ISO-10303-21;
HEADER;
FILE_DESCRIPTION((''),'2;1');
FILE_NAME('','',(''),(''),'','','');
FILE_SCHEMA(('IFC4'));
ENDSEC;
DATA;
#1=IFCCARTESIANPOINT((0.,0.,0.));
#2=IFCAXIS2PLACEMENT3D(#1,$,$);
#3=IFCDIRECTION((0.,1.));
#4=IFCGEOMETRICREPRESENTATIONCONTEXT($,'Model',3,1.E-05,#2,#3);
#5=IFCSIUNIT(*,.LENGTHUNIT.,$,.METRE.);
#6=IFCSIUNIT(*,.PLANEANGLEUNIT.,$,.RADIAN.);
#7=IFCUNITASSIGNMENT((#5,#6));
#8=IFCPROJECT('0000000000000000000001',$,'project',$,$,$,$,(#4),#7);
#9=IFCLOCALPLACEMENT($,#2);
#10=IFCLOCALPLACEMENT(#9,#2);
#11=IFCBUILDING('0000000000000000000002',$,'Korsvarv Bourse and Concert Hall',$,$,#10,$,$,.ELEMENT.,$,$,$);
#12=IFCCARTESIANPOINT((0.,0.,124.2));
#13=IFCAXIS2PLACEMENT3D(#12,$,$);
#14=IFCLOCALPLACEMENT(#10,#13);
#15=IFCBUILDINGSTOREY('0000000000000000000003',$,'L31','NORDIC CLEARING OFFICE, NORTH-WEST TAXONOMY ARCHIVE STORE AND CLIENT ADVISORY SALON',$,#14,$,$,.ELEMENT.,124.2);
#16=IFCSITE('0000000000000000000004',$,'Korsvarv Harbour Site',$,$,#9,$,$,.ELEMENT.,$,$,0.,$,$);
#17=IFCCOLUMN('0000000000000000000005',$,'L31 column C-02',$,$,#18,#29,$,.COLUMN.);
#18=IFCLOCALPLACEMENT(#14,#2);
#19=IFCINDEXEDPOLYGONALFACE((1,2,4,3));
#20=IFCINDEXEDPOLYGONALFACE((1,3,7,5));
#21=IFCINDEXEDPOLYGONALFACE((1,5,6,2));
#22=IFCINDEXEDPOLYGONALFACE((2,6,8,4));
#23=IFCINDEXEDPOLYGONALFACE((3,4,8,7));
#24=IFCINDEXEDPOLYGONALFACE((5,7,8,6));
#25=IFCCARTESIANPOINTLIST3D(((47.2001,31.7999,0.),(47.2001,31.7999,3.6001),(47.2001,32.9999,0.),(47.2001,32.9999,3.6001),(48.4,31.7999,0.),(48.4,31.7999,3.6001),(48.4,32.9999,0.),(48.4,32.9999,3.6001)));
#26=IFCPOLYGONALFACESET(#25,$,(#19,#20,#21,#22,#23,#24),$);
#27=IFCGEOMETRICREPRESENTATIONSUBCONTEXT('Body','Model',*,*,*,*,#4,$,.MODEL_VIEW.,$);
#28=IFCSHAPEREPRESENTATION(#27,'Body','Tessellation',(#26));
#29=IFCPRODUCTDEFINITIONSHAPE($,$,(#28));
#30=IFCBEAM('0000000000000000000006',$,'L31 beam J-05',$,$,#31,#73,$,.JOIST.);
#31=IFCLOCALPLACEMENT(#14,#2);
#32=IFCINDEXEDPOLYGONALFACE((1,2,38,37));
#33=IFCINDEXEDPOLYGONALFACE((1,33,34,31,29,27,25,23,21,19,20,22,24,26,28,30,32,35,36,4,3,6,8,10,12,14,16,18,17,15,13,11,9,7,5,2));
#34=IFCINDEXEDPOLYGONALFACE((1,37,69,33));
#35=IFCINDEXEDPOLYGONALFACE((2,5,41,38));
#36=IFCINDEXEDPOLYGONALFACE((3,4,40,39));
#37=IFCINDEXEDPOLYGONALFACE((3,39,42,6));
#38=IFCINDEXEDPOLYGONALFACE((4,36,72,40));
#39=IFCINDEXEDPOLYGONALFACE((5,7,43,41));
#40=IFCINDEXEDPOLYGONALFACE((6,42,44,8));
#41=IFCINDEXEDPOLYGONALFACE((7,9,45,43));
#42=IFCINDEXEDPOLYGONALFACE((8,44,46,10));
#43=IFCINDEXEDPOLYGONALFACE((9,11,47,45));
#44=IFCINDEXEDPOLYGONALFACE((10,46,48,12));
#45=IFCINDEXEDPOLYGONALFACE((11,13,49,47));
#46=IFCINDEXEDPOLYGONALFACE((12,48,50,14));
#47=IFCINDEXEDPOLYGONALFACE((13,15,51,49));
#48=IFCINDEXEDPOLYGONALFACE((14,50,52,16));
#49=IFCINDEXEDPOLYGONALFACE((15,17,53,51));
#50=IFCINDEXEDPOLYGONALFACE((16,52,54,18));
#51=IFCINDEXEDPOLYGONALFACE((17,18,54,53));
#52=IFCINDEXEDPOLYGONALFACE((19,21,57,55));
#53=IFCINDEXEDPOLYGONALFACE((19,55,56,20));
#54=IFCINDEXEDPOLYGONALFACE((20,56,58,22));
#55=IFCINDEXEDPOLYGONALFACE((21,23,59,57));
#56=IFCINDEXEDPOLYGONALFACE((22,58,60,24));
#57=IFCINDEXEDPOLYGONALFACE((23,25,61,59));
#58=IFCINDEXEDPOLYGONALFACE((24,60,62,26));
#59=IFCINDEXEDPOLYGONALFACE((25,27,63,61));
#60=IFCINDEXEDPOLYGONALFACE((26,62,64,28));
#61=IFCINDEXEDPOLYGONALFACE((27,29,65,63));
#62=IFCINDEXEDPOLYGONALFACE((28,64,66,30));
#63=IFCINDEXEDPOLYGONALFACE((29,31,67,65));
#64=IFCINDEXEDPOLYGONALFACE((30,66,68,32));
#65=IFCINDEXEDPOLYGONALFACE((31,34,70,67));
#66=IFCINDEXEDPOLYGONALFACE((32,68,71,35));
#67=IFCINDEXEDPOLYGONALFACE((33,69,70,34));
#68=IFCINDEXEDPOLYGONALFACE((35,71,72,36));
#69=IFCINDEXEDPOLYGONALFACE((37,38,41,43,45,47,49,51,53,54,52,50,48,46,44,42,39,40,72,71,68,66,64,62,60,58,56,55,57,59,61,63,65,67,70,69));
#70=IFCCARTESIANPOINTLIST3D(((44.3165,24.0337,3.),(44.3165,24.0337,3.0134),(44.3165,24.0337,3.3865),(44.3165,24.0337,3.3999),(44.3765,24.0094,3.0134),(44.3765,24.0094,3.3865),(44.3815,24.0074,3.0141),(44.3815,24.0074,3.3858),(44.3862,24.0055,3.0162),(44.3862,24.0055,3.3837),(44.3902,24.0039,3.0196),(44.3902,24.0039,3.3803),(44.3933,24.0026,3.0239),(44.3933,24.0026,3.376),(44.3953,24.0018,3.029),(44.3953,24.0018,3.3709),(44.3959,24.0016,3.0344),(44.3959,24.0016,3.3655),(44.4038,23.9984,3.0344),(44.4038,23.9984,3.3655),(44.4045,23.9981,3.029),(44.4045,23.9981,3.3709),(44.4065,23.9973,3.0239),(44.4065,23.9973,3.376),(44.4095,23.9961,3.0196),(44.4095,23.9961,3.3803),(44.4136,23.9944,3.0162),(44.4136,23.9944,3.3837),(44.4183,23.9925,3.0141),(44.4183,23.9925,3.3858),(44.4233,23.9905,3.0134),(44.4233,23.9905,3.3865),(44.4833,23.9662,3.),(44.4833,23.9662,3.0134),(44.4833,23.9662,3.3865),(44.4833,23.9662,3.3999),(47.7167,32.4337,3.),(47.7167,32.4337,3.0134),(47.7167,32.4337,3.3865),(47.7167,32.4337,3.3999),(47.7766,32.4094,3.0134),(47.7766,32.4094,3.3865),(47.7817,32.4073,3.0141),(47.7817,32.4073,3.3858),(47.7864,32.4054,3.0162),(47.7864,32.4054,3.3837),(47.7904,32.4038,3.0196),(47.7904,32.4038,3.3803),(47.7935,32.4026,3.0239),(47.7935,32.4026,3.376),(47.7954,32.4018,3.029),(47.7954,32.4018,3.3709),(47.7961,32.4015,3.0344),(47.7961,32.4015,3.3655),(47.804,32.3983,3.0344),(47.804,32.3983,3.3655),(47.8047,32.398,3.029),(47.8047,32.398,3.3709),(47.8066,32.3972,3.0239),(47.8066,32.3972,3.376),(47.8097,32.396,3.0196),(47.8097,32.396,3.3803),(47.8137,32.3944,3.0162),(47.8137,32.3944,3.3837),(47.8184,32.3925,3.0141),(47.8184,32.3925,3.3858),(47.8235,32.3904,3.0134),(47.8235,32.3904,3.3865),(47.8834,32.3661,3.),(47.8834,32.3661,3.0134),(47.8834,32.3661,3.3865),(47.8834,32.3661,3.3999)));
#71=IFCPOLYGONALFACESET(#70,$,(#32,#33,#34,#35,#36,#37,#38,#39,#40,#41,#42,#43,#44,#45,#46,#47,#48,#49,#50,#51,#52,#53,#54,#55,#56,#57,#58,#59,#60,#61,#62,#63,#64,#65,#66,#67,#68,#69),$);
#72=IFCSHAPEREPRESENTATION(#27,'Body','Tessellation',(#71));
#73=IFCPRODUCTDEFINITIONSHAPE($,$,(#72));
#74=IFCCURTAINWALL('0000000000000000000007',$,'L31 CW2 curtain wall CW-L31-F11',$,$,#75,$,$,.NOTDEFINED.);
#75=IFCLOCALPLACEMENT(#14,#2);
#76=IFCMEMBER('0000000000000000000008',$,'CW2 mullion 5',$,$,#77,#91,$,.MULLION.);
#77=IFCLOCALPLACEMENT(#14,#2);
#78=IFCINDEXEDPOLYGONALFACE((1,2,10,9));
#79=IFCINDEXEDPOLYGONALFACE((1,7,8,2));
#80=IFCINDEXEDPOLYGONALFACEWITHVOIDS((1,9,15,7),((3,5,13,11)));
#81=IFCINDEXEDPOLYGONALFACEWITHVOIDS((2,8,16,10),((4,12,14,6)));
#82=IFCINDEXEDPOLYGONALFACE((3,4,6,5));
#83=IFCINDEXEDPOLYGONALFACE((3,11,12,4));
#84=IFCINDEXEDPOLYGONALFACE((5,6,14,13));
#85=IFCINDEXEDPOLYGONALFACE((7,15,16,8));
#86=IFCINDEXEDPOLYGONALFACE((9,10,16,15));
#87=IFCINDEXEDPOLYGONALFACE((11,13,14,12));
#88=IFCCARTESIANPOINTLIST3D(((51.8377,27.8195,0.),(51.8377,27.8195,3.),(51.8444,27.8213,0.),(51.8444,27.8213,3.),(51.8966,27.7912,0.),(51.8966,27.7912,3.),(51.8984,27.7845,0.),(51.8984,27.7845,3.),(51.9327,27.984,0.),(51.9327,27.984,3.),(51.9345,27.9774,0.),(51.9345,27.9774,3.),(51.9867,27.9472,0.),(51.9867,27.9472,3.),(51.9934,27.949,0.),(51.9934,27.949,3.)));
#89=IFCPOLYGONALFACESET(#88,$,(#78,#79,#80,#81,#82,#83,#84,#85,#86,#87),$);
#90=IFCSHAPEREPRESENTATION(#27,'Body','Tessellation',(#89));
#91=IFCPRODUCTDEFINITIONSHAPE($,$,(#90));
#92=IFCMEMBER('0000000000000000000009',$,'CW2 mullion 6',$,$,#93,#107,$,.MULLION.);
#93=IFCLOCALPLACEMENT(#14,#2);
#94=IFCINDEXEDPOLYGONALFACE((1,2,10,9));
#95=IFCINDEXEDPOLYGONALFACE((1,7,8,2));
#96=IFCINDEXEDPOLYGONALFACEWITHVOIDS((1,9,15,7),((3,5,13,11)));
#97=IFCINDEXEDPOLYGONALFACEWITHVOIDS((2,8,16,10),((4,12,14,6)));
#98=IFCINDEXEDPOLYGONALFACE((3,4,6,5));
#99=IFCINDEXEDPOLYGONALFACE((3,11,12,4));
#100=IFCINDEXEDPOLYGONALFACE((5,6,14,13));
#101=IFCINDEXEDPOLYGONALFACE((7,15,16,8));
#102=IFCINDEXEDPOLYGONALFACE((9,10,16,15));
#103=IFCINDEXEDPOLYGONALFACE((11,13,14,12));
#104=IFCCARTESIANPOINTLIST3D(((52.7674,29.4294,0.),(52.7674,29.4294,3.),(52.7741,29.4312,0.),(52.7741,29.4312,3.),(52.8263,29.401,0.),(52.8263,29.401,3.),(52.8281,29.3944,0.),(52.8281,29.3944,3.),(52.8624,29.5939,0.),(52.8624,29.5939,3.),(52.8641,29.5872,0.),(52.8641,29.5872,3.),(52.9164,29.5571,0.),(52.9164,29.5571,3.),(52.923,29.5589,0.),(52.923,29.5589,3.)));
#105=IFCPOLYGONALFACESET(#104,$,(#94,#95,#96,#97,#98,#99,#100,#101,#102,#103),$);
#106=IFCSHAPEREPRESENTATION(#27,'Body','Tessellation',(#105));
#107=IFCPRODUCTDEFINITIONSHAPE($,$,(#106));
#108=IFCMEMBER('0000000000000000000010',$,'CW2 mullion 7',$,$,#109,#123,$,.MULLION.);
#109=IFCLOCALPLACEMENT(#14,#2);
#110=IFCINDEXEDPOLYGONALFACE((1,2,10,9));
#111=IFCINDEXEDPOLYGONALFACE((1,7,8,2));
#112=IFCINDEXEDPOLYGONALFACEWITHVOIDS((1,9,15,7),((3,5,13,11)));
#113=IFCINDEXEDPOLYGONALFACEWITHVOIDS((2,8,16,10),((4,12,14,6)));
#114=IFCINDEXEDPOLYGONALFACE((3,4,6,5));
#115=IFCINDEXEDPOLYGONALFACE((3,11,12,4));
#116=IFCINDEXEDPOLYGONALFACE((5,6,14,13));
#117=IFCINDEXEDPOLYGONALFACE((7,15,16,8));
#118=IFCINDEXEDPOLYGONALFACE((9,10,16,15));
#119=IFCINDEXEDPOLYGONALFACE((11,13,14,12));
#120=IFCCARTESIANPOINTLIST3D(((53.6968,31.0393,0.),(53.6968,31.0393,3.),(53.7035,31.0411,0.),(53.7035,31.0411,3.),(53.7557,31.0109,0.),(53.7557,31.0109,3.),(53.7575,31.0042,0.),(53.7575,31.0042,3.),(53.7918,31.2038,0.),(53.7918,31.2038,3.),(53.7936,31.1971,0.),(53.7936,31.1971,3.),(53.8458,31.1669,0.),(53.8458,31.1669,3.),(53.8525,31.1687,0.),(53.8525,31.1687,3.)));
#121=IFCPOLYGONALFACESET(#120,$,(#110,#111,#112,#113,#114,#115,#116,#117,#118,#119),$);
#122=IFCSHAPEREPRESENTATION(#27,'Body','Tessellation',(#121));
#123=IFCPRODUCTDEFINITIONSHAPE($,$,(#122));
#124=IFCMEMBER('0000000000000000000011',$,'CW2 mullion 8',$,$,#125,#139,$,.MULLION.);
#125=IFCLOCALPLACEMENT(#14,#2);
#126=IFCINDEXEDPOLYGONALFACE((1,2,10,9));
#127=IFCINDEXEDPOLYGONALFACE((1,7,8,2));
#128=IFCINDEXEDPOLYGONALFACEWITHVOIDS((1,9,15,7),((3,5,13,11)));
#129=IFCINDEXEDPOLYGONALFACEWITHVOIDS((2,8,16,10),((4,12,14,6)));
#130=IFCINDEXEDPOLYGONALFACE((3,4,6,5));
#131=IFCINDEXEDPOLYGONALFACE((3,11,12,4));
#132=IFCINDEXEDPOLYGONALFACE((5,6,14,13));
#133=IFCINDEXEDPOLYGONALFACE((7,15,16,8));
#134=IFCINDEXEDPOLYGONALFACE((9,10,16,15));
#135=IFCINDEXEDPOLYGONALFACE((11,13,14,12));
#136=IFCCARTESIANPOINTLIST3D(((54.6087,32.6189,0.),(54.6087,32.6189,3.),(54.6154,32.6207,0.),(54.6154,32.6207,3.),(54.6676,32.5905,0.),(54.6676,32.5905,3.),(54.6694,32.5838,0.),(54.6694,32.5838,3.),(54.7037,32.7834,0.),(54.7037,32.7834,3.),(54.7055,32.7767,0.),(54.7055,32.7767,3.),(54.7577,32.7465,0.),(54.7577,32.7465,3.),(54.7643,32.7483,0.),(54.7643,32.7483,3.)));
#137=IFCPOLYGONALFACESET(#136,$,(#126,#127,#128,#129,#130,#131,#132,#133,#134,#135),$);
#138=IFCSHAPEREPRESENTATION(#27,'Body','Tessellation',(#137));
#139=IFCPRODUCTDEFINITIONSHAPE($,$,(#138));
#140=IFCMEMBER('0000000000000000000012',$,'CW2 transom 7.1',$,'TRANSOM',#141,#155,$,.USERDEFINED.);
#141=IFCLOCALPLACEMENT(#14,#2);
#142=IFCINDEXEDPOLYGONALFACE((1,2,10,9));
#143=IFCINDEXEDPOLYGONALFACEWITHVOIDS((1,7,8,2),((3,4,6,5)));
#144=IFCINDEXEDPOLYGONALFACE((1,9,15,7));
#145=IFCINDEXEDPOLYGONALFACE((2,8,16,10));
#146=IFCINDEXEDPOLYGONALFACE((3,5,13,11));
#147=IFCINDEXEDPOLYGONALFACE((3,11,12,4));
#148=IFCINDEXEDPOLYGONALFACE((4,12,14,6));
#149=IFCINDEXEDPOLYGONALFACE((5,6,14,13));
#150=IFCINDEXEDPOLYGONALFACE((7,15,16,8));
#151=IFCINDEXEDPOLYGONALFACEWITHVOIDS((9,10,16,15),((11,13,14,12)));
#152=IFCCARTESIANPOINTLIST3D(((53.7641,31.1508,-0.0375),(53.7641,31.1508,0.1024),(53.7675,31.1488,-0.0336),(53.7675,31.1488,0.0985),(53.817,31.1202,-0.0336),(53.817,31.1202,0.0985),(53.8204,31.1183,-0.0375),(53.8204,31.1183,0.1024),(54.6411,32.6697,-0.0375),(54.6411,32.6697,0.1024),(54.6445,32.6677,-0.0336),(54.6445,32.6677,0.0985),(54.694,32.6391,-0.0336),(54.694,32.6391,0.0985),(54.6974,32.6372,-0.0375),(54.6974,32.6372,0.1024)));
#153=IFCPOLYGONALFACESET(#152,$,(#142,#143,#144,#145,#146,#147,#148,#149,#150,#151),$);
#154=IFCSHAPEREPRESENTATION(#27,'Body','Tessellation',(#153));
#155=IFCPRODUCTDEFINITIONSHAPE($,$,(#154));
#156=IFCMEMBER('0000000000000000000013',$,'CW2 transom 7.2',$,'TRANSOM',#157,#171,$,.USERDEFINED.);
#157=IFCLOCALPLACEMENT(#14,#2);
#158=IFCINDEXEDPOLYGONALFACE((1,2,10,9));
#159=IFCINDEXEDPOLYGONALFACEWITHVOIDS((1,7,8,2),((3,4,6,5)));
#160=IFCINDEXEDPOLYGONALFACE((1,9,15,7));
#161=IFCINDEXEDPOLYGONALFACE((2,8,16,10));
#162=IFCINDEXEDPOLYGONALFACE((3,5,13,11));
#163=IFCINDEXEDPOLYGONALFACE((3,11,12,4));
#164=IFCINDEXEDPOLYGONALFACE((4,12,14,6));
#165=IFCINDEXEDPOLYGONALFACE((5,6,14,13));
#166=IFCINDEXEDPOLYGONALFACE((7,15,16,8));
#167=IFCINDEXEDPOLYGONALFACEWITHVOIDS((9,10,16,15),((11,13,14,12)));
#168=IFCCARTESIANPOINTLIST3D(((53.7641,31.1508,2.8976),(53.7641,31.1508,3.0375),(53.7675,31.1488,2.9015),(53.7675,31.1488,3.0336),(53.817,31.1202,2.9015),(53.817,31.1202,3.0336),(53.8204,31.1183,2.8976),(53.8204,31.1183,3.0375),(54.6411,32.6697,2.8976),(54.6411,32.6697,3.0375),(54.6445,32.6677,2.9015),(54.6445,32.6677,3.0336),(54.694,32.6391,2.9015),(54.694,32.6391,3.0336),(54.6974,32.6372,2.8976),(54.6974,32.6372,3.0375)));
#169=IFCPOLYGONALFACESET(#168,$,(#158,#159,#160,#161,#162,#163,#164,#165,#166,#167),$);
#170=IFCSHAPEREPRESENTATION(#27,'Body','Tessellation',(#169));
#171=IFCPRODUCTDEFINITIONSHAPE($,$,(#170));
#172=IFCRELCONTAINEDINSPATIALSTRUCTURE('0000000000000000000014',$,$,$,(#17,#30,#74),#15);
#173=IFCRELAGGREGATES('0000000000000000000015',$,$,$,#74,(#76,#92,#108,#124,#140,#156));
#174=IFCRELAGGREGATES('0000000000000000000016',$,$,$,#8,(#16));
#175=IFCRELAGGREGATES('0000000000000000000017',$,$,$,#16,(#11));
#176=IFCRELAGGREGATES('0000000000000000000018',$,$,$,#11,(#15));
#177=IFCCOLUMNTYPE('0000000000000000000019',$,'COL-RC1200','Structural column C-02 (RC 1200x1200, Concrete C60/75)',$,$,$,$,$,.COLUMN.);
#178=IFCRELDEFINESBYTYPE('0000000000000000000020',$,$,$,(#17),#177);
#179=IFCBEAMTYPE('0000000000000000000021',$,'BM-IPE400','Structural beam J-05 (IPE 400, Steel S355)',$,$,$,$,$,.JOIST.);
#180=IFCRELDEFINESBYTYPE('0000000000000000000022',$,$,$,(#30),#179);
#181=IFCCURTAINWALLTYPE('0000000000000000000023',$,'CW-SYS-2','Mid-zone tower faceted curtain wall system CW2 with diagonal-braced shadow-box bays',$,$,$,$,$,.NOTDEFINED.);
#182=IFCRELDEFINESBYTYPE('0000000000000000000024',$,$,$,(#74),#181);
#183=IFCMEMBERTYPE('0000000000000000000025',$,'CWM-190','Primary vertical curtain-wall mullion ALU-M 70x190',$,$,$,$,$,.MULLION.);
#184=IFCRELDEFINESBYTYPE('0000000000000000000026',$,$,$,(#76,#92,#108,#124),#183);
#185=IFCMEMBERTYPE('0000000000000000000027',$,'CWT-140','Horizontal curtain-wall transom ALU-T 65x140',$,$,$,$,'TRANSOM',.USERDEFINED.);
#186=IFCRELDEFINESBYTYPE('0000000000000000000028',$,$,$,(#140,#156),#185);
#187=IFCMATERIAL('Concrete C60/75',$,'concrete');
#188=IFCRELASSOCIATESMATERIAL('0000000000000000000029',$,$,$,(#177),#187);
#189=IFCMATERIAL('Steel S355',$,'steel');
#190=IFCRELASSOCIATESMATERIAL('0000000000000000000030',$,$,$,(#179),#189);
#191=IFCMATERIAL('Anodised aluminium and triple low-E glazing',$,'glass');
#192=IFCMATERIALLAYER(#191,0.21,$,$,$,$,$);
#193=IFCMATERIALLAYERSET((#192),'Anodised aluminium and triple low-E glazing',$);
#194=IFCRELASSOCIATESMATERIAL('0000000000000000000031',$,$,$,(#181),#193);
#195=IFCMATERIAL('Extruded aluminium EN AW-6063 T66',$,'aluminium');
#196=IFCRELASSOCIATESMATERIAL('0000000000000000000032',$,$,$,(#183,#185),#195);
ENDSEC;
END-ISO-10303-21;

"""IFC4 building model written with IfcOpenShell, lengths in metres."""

from ifc_helpers import new_model, si_unit, direction, frame, origin, origin_2d, place, context, subcontext, project, spatial, rectangle, hollow_rectangle, i_section, extrude, source, transform, mapped, material, layer, layer_set, material_profile, profile_set, type_object, element, aggregate, save


model = new_model("IFC4")

# Units and contexts
model_context = context("Model", 3, precision=1e-05, world=origin(), true_north=direction((0.0, 1.0)))
body_context = subcontext(model_context, "Body", "Model", "MODEL_VIEW")
ifc_project = project(units=[si_unit("LENGTHUNIT", "METRE"), si_unit("PLANEANGLEUNIT", "RADIAN")], contexts=[model_context])

# Site, building, storey
site_placement = place(None, origin())
site = spatial("IfcSite", under=ifc_project, at=site_placement, Name="Korsvarv Harbour Site", CompositionType="ELEMENT", RefElevation=0.0)
building_placement = place(site_placement, origin())
building = spatial("IfcBuilding", under=site, at=building_placement, Name="Korsvarv Bourse and Concert Hall", CompositionType="ELEMENT")
storey_placement = place(building_placement, frame((0.0, 0.0, 124.2)))
storey = spatial("IfcBuildingStorey", under=building, at=storey_placement, Name="L31", Description="NORDIC CLEARING OFFICE, NORTH-WEST TAXONOMY ARCHIVE STORE AND CLIENT ADVISORY SALON", CompositionType="ELEMENT", Elevation=124.2)

# Column
ifc_material_1 = material(Name="Concrete C60/75", Category="concrete")
ifc_material_profile_1 = material_profile(ifc_material_1, rectangle(XDim=1.2, YDim=1.2, at=origin_2d()), Name="RC 1200x1200")
ifc_profile_set_1 = profile_set([ifc_material_profile_1], Name="Concrete C60/75")
column_type = type_object("IfcColumnType", Name="COL-RC1200", Description="Structural column C-02 (RC 1200x1200, Concrete C60/75)", PredefinedType="COLUMN", material=ifc_profile_set_1)
shared_shape_1 = source(origin(), body_context, "Body", "SweptSolid", [
    extrude(rectangle(XDim=1.2, YDim=1.2, at=origin_2d()), origin(), (0.0, 0.0, 1.0), 3.6001),
])
column_placement = place(storey_placement, frame((47.8, 32.3999, 0.0), z_axis=(0.0, 0.0, 1.0), x_axis=(1.0, 0.0, 0.0)))
element("IfcColumn", 1, at=column_placement, inside=storey, type_object=column_type, Name="L31 column C-02", PredefinedType="COLUMN", context=body_context, shape_type="MappedRepresentation", body=[
    mapped(shared_shape_1, transform((0.0, 0.0, 0.0), scale=1.0)),
])

# Beam
ifc_material_2 = material(Name="Steel S355", Category="steel")
ifc_material_profile_2 = material_profile(ifc_material_2, i_section(OverallWidth=0.1799, OverallDepth=0.3999, WebThickness=0.0085, FlangeThickness=0.0134, FilletRadius=0.021, at=origin_2d()), Name="IPE 400")
ifc_profile_set_2 = profile_set([ifc_material_profile_2], Name="Steel S355")
beam_type = type_object("IfcBeamType", Name="BM-IPE400", Description="Structural beam J-05 (IPE 400, Steel S355)", PredefinedType="JOIST", material=ifc_profile_set_2)
shared_shape_2 = source(origin(), body_context, "Body", "SweptSolid", [
    extrude(i_section(OverallWidth=0.1799, OverallDepth=0.3999, WebThickness=0.0085, FlangeThickness=0.0134, FilletRadius=0.021, at=origin_2d()), origin(), (0.0, 0.0, 1.0), 9.062),
])
beam_placement = place(storey_placement, frame((47.8, 32.3999, 3.2), z_axis=(-0.37521, -0.92694, 0.0), x_axis=(0.92694, -0.37521, 0.0)))
element("IfcBeam", 2, at=beam_placement, inside=storey, type_object=beam_type, Name="L31 beam J-05", PredefinedType="JOIST", context=body_context, shape_type="MappedRepresentation", body=[
    mapped(shared_shape_2, transform((0.0, 0.0, 0.0), scale=1.0)),
])

# Curtain wall, members
ifc_material_3 = material(Name="Anodised aluminium and triple low-E glazing", Category="glass")
ifc_layer_1 = layer(ifc_material_3, 0.21)
ifc_layer_set_1 = layer_set([ifc_layer_1], Name="Anodised aluminium and triple low-E glazing")
curtain_wall_type = type_object("IfcCurtainWallType", Name="CW-SYS-2", Description="Mid-zone tower faceted curtain wall system CW2 with diagonal-braced shadow-box bays", PredefinedType="NOTDEFINED", material=ifc_layer_set_1)
curtain_wall_placement = place(storey_placement, origin())
curtain_wall = element("IfcCurtainWall", 3, at=curtain_wall_placement, inside=storey, type_object=curtain_wall_type, Name="L31 CW2 curtain wall CW-L31-F11", PredefinedType="NOTDEFINED")
ifc_material_4 = material(Name="Extruded aluminium EN AW-6063 T66", Category="aluminium")
ifc_material_profile_3 = material_profile(ifc_material_4, hollow_rectangle(XDim=0.0701, YDim=0.1899, WallThickness=0.0049, at=origin_2d()), Name="ALU-M 70x190")
ifc_profile_set_3 = profile_set([ifc_material_profile_3], Name="Extruded aluminium EN AW-6063 T66")
member_type_1 = type_object("IfcMemberType", Name="CWM-190", Description="Primary vertical curtain-wall mullion ALU-M 70x190", PredefinedType="MULLION", material=ifc_profile_set_3)
shared_shape_3 = source(origin(), body_context, "Body", "SweptSolid", [
    extrude(hollow_rectangle(XDim=0.0701, YDim=0.1899, WallThickness=0.0049, at=origin_2d()), origin(), (0.0, 0.0, 1.0), 3.0),
])
member_1_placement = place(storey_placement, frame((51.9155, 27.8843, 0.0), z_axis=(0.0, 0.0, 1.0), x_axis=(-0.866021, 0.500007, 0.0)))
member_1 = element("IfcMember", 4, at=member_1_placement, type_object=member_type_1, Name="CW2 mullion 5", PredefinedType="MULLION", context=body_context, shape_type="MappedRepresentation", body=[
    mapped(shared_shape_3, transform((0.0, 0.0, 0.0), scale=1.0)),
])
member_2_placement = place(storey_placement, frame((52.8452, 29.4941, 0.0), z_axis=(0.0, 0.0, 1.0), x_axis=(-0.866021, 0.500007, 0.0)))
member_2 = element("IfcMember", 5, at=member_2_placement, type_object=member_type_1, Name="CW2 mullion 6", PredefinedType="MULLION", context=body_context, shape_type="MappedRepresentation", body=[
    mapped(shared_shape_3, transform((0.0, 0.0, 0.0), scale=1.0)),
])
member_3_placement = place(storey_placement, frame((53.7747, 31.104, 0.0), z_axis=(0.0, 0.0, 1.0), x_axis=(-0.866021, 0.500007, 0.0)))
member_3 = element("IfcMember", 6, at=member_3_placement, type_object=member_type_1, Name="CW2 mullion 7", PredefinedType="MULLION", context=body_context, shape_type="MappedRepresentation", body=[
    mapped(shared_shape_3, transform((0.0, 0.0, 0.0), scale=1.0)),
])
member_4_placement = place(storey_placement, frame((54.6865, 32.6836, 0.0), z_axis=(0.0, 0.0, 1.0), x_axis=(-0.866021, 0.500007, 0.0)))
member_4 = element("IfcMember", 7, at=member_4_placement, type_object=member_type_1, Name="CW2 mullion 8", PredefinedType="MULLION", context=body_context, shape_type="MappedRepresentation", body=[
    mapped(shared_shape_3, transform((0.0, 0.0, 0.0), scale=1.0)),
])
ifc_material_profile_4 = material_profile(ifc_material_4, hollow_rectangle(XDim=0.0649, YDim=0.1399, WallThickness=0.0039, at=origin_2d()), Name="ALU-T 65x140")
ifc_profile_set_4 = profile_set([ifc_material_profile_4], Name="Extruded aluminium EN AW-6063 T66")
member_type_2 = type_object("IfcMemberType", Name="CWT-140", Description="Horizontal curtain-wall transom ALU-T 65x140", ElementType="TRANSOM", PredefinedType="USERDEFINED", material=ifc_profile_set_4)
shared_shape_4 = source(origin(), body_context, "Body", "SweptSolid", [
    extrude(hollow_rectangle(XDim=0.0649, YDim=0.1399, WallThickness=0.0039, at=origin_2d()), origin(), (0.0, 0.0, 1.0), 1.7539),
])
member_5_placement = place(storey_placement, frame((53.7922, 31.1345, 0.0325), z_axis=(0.500032, 0.866007, 0.0), x_axis=(-0.866007, 0.500032, 0.0)))
member_5 = element("IfcMember", 8, at=member_5_placement, type_object=member_type_2, Name="CW2 transom 7.1", ObjectType="TRANSOM", PredefinedType="USERDEFINED", context=body_context, shape_type="MappedRepresentation", body=[
    mapped(shared_shape_4, transform((0.0, 0.0, 0.0), scale=1.0)),
])
member_6_placement = place(storey_placement, frame((53.7922, 31.1345, 2.9675), z_axis=(0.500032, 0.866007, 0.0), x_axis=(-0.866007, 0.500032, 0.0)))
member_6 = element("IfcMember", 9, at=member_6_placement, type_object=member_type_2, Name="CW2 transom 7.2", ObjectType="TRANSOM", PredefinedType="USERDEFINED", context=body_context, shape_type="MappedRepresentation", body=[
    mapped(shared_shape_4, transform((0.0, 0.0, 0.0), scale=1.0)),
])
aggregate(curtain_wall, [member_1, member_2, member_3, member_4, member_5, member_6])

save(model, "model.ifc")
